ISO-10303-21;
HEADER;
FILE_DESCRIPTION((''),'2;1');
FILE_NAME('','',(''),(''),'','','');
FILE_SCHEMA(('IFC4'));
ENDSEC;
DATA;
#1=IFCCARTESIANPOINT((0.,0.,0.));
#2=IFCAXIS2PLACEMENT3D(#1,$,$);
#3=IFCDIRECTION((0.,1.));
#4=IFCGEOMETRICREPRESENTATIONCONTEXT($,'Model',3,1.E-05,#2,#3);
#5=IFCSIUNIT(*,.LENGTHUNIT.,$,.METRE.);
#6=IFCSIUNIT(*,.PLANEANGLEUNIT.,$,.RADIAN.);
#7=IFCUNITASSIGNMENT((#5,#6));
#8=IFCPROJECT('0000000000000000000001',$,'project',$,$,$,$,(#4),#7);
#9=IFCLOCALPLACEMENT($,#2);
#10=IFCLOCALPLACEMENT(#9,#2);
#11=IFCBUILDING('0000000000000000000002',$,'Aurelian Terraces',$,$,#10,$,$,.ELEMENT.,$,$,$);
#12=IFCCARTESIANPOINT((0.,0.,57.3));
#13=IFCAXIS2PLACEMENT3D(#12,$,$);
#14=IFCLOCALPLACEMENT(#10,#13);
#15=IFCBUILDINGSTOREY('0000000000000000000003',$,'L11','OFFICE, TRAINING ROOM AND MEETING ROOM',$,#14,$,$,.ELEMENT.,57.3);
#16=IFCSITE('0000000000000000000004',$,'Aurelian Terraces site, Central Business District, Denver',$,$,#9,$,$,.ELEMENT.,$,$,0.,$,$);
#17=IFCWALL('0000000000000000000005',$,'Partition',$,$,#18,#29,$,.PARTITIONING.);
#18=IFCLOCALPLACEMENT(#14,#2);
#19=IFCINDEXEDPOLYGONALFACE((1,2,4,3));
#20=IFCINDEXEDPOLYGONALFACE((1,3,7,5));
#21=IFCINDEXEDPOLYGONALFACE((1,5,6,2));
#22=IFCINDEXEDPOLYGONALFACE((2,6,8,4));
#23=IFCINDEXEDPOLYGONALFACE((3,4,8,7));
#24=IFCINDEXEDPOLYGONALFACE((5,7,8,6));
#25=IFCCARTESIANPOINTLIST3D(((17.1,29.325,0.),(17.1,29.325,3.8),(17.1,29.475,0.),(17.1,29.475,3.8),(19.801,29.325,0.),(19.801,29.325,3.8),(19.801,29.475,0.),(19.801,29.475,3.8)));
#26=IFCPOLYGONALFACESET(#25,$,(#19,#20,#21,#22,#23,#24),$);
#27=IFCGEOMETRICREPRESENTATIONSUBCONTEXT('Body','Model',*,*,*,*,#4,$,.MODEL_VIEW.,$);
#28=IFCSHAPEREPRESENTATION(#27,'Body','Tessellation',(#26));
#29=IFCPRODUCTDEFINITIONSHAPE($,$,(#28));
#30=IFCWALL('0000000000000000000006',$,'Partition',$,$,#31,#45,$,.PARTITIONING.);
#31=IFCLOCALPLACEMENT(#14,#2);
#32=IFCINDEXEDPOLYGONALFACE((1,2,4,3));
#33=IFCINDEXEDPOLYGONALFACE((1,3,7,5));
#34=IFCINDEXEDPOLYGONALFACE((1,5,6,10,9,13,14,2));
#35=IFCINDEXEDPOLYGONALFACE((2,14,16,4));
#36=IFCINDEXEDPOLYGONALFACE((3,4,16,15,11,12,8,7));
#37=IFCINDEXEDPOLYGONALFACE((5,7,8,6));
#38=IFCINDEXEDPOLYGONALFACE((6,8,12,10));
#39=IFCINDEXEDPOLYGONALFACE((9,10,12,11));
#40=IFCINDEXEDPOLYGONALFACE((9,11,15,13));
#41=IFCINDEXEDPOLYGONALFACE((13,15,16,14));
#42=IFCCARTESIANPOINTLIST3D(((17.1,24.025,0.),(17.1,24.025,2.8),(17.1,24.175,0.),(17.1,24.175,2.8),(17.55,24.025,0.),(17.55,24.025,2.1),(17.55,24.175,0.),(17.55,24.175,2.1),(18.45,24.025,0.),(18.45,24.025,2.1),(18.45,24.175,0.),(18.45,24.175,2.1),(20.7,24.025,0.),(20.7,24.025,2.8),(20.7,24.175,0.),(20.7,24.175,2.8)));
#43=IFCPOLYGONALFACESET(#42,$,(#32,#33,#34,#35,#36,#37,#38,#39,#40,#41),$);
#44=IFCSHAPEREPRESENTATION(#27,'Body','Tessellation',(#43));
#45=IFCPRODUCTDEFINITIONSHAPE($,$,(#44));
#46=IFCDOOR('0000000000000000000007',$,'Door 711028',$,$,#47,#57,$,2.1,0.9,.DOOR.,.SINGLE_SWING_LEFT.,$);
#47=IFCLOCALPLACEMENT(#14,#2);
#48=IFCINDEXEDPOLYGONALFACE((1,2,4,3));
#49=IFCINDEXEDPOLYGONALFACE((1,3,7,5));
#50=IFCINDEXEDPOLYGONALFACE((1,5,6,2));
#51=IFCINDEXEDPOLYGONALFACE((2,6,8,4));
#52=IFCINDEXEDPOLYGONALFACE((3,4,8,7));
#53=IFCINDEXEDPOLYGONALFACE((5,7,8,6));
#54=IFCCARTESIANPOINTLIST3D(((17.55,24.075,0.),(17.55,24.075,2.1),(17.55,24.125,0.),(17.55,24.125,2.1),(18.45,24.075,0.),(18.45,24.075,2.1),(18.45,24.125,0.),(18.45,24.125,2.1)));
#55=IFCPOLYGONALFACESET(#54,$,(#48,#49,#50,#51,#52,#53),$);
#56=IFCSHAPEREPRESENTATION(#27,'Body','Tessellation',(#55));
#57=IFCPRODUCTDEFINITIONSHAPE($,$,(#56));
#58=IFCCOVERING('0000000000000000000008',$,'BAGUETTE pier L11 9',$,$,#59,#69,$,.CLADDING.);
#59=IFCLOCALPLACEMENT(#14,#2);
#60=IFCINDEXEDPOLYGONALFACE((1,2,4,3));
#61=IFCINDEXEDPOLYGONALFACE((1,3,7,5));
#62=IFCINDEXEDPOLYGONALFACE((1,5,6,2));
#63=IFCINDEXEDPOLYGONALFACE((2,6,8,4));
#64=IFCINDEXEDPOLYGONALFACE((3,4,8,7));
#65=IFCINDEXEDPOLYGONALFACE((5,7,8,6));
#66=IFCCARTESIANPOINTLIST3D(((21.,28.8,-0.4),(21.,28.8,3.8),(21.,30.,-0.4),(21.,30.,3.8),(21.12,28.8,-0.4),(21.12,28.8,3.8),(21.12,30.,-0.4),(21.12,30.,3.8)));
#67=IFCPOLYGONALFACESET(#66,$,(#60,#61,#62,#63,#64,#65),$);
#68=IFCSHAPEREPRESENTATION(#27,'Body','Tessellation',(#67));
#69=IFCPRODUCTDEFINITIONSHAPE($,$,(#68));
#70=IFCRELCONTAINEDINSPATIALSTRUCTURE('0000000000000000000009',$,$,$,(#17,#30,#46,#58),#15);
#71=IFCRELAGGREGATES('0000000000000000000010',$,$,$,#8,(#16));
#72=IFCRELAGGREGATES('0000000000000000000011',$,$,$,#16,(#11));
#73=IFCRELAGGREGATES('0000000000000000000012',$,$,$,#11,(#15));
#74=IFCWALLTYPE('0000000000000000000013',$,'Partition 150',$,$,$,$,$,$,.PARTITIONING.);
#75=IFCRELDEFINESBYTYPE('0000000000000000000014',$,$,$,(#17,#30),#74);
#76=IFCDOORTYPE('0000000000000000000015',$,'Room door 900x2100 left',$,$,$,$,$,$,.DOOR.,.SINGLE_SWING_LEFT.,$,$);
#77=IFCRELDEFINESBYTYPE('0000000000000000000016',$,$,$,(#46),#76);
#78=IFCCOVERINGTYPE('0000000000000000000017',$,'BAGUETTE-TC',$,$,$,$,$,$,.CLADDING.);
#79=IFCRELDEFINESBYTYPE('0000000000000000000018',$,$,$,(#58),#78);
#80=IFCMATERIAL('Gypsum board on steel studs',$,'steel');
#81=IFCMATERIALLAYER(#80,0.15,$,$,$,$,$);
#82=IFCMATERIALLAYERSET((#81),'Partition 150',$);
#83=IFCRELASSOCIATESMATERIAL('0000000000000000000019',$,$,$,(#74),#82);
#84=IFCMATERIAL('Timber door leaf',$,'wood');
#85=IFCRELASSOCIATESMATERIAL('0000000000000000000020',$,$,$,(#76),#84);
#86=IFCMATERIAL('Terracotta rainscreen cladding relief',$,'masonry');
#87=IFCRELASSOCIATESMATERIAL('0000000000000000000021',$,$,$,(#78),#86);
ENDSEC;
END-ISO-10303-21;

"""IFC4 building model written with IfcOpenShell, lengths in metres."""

from ifc_helpers import new_model, si_unit, direction, frame, frame_2d, origin, origin_2d, place, context, subcontext, project, spatial, rectangle, extrude, source, transform, mapped, material, layer, layer_set, type_object, element, fill, save


model = new_model("IFC4")

# Units and contexts
model_context = context("Model", 3, precision=1e-05, world=origin(), true_north=direction((0.0, 1.0)))
body_context = subcontext(model_context, "Body", "Model", "MODEL_VIEW")
ifc_project = project(units=[si_unit("LENGTHUNIT", "METRE"), si_unit("PLANEANGLEUNIT", "RADIAN")], contexts=[model_context])

# Site, building, storey
site_placement = place(None, origin())
site = spatial("IfcSite", under=ifc_project, at=site_placement, Name="Aurelian Terraces site, Central Business District, Denver", CompositionType="ELEMENT", RefElevation=0.0)
building_placement = place(site_placement, origin())
building = spatial("IfcBuilding", under=site, at=building_placement, Name="Aurelian Terraces", CompositionType="ELEMENT")
storey_placement = place(building_placement, frame((0.0, 0.0, 57.3)))
storey = spatial("IfcBuildingStorey", under=building, at=storey_placement, Name="L11", Description="OFFICE, TRAINING ROOM AND MEETING ROOM", CompositionType="ELEMENT", Elevation=57.3)

# Wall
ifc_material_1 = material(Name="Gypsum board on steel studs", Category="steel")
ifc_layer_1 = layer(ifc_material_1, 0.15)
ifc_layer_set_1 = layer_set([ifc_layer_1], Name="Partition 150")
wall_type_1 = type_object("IfcWallType", Name="Partition 150", PredefinedType="PARTITIONING", material=ifc_layer_set_1)
shared_shape_1 = source(origin(), body_context, "Body", "SweptSolid", [
    extrude(rectangle(XDim=2.701, YDim=0.15, at=frame_2d((1.3505, 0.0))), origin(), (0.0, 0.0, 1.0), 3.8),
])
wall_1_placement = place(storey_placement, frame((19.801, 29.4, 0.0), z_axis=(0.0, 0.0, 1.0), x_axis=(-1.0, 0.0, 0.0)))
element("IfcWall", 1, at=wall_1_placement, inside=storey, type_object=wall_type_1, Name="Partition", PredefinedType="PARTITIONING", context=body_context, shape_type="MappedRepresentation", body=[
    mapped(shared_shape_1, transform((0.0, 0.0, 0.0), scale=1.0)),
])

# Wall, opening, door
shared_shape_2 = source(origin(), body_context, "Body", "SweptSolid", [
    extrude(rectangle(XDim=3.6, YDim=0.15, at=frame_2d((1.8, 0.0))), origin(), (0.0, 0.0, 1.0), 2.8),
])
wall_2_placement = place(storey_placement, frame((17.1, 24.1, 0.0), z_axis=(0.0, 0.0, 1.0), x_axis=(1.0, 0.0, 0.0)))
wall_2 = element("IfcWall", 2, at=wall_2_placement, inside=storey, type_object=wall_type_1, Name="Partition", PredefinedType="PARTITIONING", context=body_context, shape_type="MappedRepresentation", body=[
    mapped(shared_shape_2, transform((0.0, 0.0, 0.0), scale=1.0)),
])
shared_shape_3 = source(origin(), body_context, "Body", "SweptSolid", [
    extrude(rectangle(XDim=0.9, YDim=2.1, at=frame_2d((0.45, 1.05))), frame((0.0, 0.085, 0.0), z_axis=(0.0, -1.0, 0.0), x_axis=(1.0, 0.0, 0.0)), (0.0, 0.0, 1.0), 0.17),
])
opening_1_placement = place(wall_2_placement, frame((0.45, 0.0, 0.0)))
opening_1 = element("IfcOpeningElement", 3, at=opening_1_placement, cuts=wall_2, PredefinedType="OPENING", context=body_context, shape_type="MappedRepresentation", body=[
    mapped(shared_shape_3, transform((0.0, 0.0, 0.0), scale=1.0)),
])
ifc_material_2 = material(Name="Timber door leaf", Category="wood")
door_type = type_object("IfcDoorType", Name="Room door 900x2100 left", OperationType="SINGLE_SWING_LEFT", PredefinedType="DOOR", material=ifc_material_2)
shared_shape_4 = source(origin(), body_context, "Body", "SweptSolid", [
    extrude(rectangle(XDim=0.9, YDim=2.1, at=frame_2d((0.45, 1.05))), frame((0.0, 0.025, 0.0), z_axis=(0.0, -1.0, 0.0), x_axis=(1.0, 0.0, 0.0)), (0.0, 0.0, 1.0), 0.05),
])
door_placement = place(opening_1_placement, origin())
door = element("IfcDoor", 4, at=door_placement, inside=storey, type_object=door_type, Name="Door 711028", OperationType="SINGLE_SWING_LEFT", OverallHeight=2.1, OverallWidth=0.9, PredefinedType="DOOR", context=body_context, shape_type="MappedRepresentation", body=[
    mapped(shared_shape_4, transform((0.0, 0.0, 0.0), scale=1.0)),
])
fill(opening_1, door)

# Covering
ifc_material_3 = material(Name="Terracotta rainscreen cladding relief", Category="masonry")
covering_type = type_object("IfcCoveringType", Name="BAGUETTE-TC", PredefinedType="CLADDING", material=ifc_material_3)
shared_shape_5 = source(origin(), body_context, "Body", "SweptSolid", [
    extrude(rectangle(XDim=0.12, YDim=1.2, at=origin_2d()), origin(), (0.0, 0.0, 1.0), 4.2),
])
covering_placement = place(storey_placement, frame((21.06, 29.4, -0.4), z_axis=(0.0, 0.0, 1.0), x_axis=(1.0, 0.0, 0.0)))
element("IfcCovering", 5, at=covering_placement, inside=storey, type_object=covering_type, Name="BAGUETTE pier L11 9", PredefinedType="CLADDING", context=body_context, shape_type="MappedRepresentation", body=[
    mapped(shared_shape_5, transform((0.0, 0.0, 0.0), scale=1.0)),
])

save(model, "model.ifc")
